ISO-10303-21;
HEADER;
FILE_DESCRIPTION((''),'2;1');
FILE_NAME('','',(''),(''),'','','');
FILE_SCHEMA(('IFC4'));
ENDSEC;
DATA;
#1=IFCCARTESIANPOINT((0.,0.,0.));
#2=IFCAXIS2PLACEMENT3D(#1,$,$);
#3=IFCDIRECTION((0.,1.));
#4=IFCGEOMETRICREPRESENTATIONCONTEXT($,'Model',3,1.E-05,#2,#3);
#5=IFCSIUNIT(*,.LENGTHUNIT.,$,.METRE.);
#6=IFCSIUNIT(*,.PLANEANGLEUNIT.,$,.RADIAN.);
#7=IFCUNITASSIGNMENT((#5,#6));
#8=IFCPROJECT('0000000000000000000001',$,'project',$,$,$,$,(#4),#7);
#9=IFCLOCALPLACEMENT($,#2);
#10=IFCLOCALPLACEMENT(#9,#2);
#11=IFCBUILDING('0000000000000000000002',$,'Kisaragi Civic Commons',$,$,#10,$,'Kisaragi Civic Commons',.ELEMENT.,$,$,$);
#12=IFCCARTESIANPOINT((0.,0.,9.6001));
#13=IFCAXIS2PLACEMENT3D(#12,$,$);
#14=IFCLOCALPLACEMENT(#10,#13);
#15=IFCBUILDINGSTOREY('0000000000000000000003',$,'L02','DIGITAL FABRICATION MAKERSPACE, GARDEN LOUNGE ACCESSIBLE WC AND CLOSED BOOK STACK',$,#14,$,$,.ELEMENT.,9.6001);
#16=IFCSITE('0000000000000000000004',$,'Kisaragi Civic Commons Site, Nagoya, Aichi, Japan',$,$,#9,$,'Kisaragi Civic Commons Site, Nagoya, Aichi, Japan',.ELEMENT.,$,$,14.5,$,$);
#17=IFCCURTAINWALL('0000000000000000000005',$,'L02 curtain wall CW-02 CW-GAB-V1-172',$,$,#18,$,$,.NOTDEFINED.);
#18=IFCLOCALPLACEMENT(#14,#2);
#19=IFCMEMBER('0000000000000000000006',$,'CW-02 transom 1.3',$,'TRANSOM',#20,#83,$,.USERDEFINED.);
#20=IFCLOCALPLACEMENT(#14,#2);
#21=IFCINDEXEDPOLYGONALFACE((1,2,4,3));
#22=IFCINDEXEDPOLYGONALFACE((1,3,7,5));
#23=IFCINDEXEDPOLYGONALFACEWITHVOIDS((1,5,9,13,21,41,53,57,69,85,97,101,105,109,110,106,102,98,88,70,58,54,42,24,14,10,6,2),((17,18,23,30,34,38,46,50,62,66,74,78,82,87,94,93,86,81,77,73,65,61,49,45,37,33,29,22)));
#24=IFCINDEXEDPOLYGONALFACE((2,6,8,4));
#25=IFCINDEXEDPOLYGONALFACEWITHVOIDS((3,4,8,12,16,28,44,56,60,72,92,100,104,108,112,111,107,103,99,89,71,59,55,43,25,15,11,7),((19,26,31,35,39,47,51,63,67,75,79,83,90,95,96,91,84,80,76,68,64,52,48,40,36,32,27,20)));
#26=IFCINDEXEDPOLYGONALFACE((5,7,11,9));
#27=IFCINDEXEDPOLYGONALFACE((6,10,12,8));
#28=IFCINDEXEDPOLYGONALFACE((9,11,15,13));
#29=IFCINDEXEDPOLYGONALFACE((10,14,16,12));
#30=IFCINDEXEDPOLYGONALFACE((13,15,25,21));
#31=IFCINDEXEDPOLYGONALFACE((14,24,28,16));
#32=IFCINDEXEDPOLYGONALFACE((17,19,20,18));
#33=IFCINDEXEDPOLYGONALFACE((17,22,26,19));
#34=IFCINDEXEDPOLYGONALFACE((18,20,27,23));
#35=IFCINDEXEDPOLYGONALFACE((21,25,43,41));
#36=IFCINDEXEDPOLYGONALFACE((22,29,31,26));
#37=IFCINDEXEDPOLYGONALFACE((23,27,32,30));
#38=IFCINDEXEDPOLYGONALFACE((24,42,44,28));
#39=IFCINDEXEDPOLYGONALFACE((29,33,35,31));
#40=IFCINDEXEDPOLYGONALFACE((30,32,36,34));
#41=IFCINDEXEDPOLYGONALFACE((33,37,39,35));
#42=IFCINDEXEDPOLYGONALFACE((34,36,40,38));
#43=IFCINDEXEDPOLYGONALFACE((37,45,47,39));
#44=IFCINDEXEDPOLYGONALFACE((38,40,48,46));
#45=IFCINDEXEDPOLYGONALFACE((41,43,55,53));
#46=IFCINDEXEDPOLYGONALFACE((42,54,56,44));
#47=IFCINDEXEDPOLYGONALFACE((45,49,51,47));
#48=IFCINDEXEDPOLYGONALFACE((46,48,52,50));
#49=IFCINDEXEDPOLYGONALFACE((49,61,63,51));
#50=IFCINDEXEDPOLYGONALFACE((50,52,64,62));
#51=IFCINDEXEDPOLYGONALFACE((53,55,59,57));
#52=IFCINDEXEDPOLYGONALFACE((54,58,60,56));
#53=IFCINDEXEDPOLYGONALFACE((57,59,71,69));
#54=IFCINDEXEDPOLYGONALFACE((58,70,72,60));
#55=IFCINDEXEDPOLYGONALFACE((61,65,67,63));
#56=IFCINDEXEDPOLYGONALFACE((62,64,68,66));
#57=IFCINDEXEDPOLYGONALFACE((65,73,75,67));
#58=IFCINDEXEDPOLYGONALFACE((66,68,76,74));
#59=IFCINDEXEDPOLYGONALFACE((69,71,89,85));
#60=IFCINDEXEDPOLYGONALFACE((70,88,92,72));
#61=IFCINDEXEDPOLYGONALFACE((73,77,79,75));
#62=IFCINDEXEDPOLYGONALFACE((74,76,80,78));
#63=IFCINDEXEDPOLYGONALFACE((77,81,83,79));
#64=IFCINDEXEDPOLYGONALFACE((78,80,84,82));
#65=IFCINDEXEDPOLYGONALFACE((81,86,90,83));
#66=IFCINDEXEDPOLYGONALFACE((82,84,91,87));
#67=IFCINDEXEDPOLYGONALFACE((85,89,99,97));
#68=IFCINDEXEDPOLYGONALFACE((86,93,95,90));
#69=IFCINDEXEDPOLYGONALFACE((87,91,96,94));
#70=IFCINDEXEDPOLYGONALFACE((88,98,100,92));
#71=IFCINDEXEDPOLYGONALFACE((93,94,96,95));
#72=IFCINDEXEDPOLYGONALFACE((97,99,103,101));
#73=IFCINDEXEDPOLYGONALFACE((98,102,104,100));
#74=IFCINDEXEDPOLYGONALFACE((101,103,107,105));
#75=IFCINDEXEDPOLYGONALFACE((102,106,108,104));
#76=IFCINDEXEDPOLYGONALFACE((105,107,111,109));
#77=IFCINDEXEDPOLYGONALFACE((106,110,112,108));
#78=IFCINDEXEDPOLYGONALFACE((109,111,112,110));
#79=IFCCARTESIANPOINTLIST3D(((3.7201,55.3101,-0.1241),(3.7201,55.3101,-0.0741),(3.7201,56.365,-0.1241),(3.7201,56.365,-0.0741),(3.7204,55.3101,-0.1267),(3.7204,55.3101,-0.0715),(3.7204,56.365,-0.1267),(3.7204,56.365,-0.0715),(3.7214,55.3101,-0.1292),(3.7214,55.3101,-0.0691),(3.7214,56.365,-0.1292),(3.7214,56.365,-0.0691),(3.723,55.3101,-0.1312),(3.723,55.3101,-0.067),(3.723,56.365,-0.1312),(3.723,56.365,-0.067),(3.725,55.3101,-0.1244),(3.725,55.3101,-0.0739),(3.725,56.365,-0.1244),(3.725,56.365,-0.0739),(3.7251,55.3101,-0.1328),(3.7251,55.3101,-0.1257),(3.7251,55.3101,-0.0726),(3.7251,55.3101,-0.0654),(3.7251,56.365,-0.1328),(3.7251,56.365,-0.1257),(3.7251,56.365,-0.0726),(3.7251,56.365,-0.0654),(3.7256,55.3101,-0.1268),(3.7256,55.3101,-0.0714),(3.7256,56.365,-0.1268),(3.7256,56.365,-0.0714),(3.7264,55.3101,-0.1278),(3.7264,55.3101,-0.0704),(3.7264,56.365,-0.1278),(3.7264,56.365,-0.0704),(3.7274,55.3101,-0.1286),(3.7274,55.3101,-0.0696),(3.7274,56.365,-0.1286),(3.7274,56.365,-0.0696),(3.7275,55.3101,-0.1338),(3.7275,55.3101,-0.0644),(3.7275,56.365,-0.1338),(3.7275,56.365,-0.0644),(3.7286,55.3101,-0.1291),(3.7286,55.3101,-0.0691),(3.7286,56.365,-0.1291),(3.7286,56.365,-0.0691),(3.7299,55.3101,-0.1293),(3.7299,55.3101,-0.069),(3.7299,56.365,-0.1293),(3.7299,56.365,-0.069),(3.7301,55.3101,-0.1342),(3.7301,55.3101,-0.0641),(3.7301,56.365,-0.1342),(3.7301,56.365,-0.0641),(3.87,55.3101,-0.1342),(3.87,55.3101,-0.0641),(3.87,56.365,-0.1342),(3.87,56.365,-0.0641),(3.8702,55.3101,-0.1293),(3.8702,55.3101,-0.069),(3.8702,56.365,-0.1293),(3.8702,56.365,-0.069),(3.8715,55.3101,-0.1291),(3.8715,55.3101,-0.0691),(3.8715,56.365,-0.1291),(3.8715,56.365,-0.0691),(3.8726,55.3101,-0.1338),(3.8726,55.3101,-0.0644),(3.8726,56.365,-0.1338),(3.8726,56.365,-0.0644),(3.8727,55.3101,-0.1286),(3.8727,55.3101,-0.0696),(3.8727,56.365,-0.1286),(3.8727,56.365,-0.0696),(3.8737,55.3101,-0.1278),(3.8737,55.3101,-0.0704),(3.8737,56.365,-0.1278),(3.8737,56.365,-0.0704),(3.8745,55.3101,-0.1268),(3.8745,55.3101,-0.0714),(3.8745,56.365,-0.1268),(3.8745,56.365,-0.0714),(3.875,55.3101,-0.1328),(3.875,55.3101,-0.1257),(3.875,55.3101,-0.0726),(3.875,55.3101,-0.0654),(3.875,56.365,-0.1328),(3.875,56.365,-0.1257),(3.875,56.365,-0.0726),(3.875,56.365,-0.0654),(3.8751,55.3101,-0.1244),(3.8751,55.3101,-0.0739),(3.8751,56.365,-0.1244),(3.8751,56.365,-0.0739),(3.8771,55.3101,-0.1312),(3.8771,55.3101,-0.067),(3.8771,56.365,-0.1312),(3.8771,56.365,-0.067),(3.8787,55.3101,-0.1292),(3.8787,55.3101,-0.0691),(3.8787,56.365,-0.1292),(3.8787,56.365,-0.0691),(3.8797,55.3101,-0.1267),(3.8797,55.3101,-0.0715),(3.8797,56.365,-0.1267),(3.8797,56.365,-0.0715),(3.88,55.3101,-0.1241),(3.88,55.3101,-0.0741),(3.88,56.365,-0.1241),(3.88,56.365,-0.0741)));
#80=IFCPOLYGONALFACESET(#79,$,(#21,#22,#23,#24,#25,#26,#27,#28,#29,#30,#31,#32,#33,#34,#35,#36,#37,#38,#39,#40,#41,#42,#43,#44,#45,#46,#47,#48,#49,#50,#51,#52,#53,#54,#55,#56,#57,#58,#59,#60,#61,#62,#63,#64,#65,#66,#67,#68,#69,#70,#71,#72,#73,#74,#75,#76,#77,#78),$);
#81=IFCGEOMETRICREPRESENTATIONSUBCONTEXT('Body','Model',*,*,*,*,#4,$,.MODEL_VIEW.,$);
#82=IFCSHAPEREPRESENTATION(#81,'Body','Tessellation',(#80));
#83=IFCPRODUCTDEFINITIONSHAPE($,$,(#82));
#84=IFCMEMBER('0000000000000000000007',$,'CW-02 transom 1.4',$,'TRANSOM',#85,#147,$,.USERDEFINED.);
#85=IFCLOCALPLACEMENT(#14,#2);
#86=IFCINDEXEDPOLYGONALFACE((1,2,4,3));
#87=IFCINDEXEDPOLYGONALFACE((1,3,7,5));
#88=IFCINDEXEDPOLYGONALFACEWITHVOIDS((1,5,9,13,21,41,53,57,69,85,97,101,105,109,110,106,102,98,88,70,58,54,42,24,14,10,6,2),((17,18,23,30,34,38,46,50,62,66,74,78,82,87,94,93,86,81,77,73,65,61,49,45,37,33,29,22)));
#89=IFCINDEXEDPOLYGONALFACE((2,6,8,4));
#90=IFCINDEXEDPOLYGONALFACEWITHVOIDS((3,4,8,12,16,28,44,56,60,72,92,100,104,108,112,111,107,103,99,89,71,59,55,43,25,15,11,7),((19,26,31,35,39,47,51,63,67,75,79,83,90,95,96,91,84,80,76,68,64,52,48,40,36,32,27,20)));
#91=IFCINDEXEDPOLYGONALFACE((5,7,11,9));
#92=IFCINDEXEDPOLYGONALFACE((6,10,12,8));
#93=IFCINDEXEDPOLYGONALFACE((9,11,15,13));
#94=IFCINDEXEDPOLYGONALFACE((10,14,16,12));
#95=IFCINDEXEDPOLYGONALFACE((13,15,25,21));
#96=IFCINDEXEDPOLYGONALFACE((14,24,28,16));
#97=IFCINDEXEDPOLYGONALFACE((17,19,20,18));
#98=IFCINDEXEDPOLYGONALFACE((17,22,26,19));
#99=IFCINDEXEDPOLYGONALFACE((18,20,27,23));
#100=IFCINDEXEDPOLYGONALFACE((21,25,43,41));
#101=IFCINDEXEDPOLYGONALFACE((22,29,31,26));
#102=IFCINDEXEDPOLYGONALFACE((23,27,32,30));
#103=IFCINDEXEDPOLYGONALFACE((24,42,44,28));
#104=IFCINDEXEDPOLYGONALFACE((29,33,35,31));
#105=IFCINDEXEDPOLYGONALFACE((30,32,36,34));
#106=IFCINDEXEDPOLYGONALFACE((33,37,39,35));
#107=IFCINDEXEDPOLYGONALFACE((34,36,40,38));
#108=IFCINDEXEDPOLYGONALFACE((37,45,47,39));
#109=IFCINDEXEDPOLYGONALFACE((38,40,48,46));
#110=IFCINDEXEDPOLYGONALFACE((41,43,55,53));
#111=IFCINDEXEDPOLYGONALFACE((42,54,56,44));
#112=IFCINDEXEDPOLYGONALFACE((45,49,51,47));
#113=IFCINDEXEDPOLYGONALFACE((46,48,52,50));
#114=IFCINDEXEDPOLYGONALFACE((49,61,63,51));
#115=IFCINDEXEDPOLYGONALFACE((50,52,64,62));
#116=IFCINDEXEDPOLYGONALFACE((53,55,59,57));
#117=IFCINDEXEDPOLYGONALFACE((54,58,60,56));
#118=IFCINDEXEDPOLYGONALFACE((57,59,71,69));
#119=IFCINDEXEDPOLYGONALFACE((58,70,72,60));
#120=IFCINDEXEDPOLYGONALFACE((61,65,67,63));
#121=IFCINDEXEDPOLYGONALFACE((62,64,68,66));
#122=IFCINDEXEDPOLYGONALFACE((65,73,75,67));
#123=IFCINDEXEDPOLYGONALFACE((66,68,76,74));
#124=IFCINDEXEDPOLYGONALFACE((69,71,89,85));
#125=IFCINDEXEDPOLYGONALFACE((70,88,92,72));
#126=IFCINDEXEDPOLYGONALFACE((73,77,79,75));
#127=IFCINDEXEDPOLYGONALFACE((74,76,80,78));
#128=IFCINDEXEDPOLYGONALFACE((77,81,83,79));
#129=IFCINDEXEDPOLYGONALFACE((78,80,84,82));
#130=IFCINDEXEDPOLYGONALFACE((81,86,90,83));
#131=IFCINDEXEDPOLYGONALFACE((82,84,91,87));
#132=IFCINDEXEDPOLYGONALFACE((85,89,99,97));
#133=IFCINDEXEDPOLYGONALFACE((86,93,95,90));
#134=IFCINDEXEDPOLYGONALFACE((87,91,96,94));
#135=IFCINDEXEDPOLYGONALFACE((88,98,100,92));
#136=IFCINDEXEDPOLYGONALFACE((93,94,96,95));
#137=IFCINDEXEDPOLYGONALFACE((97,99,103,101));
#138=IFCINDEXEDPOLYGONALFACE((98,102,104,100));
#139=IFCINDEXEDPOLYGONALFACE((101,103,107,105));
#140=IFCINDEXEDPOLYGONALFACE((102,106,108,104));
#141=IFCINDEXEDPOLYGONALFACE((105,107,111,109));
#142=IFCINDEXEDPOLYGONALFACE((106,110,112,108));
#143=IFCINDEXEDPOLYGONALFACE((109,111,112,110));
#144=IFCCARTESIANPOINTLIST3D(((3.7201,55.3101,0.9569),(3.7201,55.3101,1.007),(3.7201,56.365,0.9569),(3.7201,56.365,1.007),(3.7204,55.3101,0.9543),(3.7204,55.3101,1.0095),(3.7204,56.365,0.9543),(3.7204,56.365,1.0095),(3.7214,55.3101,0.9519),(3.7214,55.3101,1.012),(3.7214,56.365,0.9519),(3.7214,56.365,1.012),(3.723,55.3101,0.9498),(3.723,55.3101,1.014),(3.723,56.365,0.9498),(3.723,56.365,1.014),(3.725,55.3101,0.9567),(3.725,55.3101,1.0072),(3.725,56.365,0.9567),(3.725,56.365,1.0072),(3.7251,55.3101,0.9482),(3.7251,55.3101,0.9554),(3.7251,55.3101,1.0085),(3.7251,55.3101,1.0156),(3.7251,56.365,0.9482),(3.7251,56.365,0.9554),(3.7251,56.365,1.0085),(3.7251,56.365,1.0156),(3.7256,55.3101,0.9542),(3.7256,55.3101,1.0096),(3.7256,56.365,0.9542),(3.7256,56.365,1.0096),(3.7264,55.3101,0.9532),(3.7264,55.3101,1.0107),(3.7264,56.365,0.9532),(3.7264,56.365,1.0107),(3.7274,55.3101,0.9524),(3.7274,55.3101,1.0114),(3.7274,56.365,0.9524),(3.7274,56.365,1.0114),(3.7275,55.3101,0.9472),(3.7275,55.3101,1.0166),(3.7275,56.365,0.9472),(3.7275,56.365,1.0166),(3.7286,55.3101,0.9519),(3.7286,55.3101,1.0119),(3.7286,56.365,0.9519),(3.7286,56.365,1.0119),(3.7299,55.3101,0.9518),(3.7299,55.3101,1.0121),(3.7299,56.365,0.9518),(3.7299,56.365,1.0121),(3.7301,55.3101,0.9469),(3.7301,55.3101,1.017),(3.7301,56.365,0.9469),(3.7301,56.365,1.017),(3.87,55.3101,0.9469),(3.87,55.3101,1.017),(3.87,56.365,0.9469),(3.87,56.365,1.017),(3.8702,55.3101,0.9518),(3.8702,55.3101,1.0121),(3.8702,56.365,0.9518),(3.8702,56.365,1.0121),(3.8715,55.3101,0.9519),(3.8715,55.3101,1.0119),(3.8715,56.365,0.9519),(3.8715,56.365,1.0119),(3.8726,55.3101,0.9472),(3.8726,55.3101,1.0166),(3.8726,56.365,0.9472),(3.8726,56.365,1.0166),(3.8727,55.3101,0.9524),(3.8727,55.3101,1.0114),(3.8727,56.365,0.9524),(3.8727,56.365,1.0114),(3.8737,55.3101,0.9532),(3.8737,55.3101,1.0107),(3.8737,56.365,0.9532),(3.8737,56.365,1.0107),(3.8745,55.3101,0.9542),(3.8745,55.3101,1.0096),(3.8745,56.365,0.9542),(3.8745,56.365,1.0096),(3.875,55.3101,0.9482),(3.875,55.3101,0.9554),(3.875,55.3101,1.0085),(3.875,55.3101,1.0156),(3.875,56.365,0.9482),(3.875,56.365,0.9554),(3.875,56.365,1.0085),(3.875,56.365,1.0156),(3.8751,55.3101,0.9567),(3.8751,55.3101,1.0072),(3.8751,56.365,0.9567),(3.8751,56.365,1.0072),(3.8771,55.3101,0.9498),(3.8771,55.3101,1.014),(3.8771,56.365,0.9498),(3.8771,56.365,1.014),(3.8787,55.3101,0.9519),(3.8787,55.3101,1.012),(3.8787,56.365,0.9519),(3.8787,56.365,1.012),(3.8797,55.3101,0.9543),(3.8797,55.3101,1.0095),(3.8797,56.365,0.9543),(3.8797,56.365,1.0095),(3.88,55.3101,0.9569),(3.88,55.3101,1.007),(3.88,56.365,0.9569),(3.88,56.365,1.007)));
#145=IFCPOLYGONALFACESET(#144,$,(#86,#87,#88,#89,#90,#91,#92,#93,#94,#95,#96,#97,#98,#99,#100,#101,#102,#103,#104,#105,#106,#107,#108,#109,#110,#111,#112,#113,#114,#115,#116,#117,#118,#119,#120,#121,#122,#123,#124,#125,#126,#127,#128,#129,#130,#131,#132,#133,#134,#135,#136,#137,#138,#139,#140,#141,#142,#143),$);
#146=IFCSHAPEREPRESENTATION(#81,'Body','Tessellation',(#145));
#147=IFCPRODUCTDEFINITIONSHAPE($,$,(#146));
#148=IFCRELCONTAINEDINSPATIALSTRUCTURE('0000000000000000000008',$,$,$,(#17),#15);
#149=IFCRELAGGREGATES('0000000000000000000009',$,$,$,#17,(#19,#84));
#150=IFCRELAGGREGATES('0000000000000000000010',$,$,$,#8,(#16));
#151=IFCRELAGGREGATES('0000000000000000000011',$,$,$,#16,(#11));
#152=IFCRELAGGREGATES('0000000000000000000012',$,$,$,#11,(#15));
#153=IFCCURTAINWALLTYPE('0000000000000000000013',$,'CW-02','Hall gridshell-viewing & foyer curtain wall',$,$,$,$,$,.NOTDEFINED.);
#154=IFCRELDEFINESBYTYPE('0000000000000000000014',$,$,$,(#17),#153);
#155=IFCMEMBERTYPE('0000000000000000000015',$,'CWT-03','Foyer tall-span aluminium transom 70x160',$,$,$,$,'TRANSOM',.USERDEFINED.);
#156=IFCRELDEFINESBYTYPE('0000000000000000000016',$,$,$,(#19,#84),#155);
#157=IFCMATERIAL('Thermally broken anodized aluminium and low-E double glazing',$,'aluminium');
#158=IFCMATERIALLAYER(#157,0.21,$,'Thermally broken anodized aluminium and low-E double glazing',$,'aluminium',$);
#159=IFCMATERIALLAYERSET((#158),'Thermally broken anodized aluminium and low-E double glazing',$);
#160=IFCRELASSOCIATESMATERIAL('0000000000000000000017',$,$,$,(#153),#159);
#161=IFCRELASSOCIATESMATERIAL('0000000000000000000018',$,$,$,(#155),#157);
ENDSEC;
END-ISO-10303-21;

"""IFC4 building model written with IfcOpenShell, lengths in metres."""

from ifc_helpers import new_model, si_unit, direction, frame, origin, origin_2d, place, context, subcontext, project, spatial, hollow_rectangle, extrude, material, layer, layer_set, material_profile, profile_set, type_object, element, aggregate, save


model = new_model("IFC4")

# Units and contexts
model_context = context("Model", 3, precision=1e-05, world=origin(), true_north=direction((0.0, 1.0)))
body_context = subcontext(model_context, "Body", "Model", "MODEL_VIEW")
ifc_project = project(units=[si_unit("LENGTHUNIT", "METRE"), si_unit("PLANEANGLEUNIT", "RADIAN")], contexts=[model_context])

# Site, building, storey
site_placement = place(None, origin())
site = spatial("IfcSite", under=ifc_project, at=site_placement, Name="Kisaragi Civic Commons Site, Nagoya, Aichi, Japan", LongName="Kisaragi Civic Commons Site, Nagoya, Aichi, Japan", CompositionType="ELEMENT", RefElevation=14.5)
building_placement = place(site_placement, origin())
building = spatial("IfcBuilding", under=site, at=building_placement, Name="Kisaragi Civic Commons", LongName="Kisaragi Civic Commons", CompositionType="ELEMENT")
storey_placement = place(building_placement, frame((0.0, 0.0, 9.6001)))
storey = spatial("IfcBuildingStorey", under=building, at=storey_placement, Name="L02", Description="DIGITAL FABRICATION MAKERSPACE, GARDEN LOUNGE ACCESSIBLE WC AND CLOSED BOOK STACK", CompositionType="ELEMENT", Elevation=9.6001)

# Curtain wall
ifc_material_1 = material(Name="Thermally broken anodized aluminium and low-E double glazing", Category="aluminium")
ifc_layer_1 = layer(ifc_material_1, 0.21, Name="Thermally broken anodized aluminium and low-E double glazing", Category="aluminium")
ifc_layer_set_1 = layer_set([ifc_layer_1], Name="Thermally broken anodized aluminium and low-E double glazing")
curtain_wall_type = type_object("IfcCurtainWallType", Name="CW-02", Description="Hall gridshell-viewing & foyer curtain wall", PredefinedType="NOTDEFINED", material=ifc_layer_set_1)
curtain_wall_1_placement = place(storey_placement, origin())
curtain_wall_1 = element("IfcCurtainWall", 1, at=curtain_wall_1_placement, inside=storey, type_object=curtain_wall_type, Name="L02 curtain wall CW-02 CW-GAB-V1-172", PredefinedType="NOTDEFINED")

# Members
ifc_material_profile_1 = material_profile(ifc_material_1, hollow_rectangle(XDim=0.1599, YDim=0.0701, WallThickness=0.0049, InnerFilletRadius=0.0049, OuterFilletRadius=0.01, at=origin_2d()), Name="CWT-70x160x5", Category="aluminium")
ifc_profile_set_1 = profile_set([ifc_material_profile_1], Name="Thermally broken anodized aluminium and low-E double glazing")
member_type_1 = type_object("IfcMemberType", Name="CWT-03", Description="Foyer tall-span aluminium transom 70x160", ElementType="TRANSOM", PredefinedType="USERDEFINED", material=ifc_profile_set_1)
member_1_placement = place(storey_placement, frame((3.8, 55.3101, -0.0991), z_axis=(0.0, 1.0, 0.0), x_axis=(-1.0, 0.0, 0.0)))
member_1 = element("IfcMember", 2, at=member_1_placement, type_object=member_type_1, Name="CW-02 transom 1.3", ObjectType="TRANSOM", PredefinedType="USERDEFINED", context=body_context, shape_type="SweptSolid", body=[
    extrude(hollow_rectangle(XDim=0.1599, YDim=0.0701, WallThickness=0.0049, InnerFilletRadius=0.0049, OuterFilletRadius=0.01, at=origin_2d()), origin(), (0.0, 0.0, 1.0), 1.0549),
])
member_2_placement = place(storey_placement, frame((3.8, 55.3101, 0.9819), z_axis=(0.0, 1.0, 0.0), x_axis=(-1.0, 0.0, 0.0)))
member_2 = element("IfcMember", 3, at=member_2_placement, type_object=member_type_1, Name="CW-02 transom 1.4", ObjectType="TRANSOM", PredefinedType="USERDEFINED", context=body_context, shape_type="SweptSolid", body=[
    extrude(hollow_rectangle(XDim=0.1599, YDim=0.0701, WallThickness=0.0049, InnerFilletRadius=0.0049, OuterFilletRadius=0.01, at=origin_2d()), origin(), (0.0, 0.0, 1.0), 1.0549),
])

aggregate(curtain_wall_1, [member_1, member_2])

save(model, "model.ifc")
